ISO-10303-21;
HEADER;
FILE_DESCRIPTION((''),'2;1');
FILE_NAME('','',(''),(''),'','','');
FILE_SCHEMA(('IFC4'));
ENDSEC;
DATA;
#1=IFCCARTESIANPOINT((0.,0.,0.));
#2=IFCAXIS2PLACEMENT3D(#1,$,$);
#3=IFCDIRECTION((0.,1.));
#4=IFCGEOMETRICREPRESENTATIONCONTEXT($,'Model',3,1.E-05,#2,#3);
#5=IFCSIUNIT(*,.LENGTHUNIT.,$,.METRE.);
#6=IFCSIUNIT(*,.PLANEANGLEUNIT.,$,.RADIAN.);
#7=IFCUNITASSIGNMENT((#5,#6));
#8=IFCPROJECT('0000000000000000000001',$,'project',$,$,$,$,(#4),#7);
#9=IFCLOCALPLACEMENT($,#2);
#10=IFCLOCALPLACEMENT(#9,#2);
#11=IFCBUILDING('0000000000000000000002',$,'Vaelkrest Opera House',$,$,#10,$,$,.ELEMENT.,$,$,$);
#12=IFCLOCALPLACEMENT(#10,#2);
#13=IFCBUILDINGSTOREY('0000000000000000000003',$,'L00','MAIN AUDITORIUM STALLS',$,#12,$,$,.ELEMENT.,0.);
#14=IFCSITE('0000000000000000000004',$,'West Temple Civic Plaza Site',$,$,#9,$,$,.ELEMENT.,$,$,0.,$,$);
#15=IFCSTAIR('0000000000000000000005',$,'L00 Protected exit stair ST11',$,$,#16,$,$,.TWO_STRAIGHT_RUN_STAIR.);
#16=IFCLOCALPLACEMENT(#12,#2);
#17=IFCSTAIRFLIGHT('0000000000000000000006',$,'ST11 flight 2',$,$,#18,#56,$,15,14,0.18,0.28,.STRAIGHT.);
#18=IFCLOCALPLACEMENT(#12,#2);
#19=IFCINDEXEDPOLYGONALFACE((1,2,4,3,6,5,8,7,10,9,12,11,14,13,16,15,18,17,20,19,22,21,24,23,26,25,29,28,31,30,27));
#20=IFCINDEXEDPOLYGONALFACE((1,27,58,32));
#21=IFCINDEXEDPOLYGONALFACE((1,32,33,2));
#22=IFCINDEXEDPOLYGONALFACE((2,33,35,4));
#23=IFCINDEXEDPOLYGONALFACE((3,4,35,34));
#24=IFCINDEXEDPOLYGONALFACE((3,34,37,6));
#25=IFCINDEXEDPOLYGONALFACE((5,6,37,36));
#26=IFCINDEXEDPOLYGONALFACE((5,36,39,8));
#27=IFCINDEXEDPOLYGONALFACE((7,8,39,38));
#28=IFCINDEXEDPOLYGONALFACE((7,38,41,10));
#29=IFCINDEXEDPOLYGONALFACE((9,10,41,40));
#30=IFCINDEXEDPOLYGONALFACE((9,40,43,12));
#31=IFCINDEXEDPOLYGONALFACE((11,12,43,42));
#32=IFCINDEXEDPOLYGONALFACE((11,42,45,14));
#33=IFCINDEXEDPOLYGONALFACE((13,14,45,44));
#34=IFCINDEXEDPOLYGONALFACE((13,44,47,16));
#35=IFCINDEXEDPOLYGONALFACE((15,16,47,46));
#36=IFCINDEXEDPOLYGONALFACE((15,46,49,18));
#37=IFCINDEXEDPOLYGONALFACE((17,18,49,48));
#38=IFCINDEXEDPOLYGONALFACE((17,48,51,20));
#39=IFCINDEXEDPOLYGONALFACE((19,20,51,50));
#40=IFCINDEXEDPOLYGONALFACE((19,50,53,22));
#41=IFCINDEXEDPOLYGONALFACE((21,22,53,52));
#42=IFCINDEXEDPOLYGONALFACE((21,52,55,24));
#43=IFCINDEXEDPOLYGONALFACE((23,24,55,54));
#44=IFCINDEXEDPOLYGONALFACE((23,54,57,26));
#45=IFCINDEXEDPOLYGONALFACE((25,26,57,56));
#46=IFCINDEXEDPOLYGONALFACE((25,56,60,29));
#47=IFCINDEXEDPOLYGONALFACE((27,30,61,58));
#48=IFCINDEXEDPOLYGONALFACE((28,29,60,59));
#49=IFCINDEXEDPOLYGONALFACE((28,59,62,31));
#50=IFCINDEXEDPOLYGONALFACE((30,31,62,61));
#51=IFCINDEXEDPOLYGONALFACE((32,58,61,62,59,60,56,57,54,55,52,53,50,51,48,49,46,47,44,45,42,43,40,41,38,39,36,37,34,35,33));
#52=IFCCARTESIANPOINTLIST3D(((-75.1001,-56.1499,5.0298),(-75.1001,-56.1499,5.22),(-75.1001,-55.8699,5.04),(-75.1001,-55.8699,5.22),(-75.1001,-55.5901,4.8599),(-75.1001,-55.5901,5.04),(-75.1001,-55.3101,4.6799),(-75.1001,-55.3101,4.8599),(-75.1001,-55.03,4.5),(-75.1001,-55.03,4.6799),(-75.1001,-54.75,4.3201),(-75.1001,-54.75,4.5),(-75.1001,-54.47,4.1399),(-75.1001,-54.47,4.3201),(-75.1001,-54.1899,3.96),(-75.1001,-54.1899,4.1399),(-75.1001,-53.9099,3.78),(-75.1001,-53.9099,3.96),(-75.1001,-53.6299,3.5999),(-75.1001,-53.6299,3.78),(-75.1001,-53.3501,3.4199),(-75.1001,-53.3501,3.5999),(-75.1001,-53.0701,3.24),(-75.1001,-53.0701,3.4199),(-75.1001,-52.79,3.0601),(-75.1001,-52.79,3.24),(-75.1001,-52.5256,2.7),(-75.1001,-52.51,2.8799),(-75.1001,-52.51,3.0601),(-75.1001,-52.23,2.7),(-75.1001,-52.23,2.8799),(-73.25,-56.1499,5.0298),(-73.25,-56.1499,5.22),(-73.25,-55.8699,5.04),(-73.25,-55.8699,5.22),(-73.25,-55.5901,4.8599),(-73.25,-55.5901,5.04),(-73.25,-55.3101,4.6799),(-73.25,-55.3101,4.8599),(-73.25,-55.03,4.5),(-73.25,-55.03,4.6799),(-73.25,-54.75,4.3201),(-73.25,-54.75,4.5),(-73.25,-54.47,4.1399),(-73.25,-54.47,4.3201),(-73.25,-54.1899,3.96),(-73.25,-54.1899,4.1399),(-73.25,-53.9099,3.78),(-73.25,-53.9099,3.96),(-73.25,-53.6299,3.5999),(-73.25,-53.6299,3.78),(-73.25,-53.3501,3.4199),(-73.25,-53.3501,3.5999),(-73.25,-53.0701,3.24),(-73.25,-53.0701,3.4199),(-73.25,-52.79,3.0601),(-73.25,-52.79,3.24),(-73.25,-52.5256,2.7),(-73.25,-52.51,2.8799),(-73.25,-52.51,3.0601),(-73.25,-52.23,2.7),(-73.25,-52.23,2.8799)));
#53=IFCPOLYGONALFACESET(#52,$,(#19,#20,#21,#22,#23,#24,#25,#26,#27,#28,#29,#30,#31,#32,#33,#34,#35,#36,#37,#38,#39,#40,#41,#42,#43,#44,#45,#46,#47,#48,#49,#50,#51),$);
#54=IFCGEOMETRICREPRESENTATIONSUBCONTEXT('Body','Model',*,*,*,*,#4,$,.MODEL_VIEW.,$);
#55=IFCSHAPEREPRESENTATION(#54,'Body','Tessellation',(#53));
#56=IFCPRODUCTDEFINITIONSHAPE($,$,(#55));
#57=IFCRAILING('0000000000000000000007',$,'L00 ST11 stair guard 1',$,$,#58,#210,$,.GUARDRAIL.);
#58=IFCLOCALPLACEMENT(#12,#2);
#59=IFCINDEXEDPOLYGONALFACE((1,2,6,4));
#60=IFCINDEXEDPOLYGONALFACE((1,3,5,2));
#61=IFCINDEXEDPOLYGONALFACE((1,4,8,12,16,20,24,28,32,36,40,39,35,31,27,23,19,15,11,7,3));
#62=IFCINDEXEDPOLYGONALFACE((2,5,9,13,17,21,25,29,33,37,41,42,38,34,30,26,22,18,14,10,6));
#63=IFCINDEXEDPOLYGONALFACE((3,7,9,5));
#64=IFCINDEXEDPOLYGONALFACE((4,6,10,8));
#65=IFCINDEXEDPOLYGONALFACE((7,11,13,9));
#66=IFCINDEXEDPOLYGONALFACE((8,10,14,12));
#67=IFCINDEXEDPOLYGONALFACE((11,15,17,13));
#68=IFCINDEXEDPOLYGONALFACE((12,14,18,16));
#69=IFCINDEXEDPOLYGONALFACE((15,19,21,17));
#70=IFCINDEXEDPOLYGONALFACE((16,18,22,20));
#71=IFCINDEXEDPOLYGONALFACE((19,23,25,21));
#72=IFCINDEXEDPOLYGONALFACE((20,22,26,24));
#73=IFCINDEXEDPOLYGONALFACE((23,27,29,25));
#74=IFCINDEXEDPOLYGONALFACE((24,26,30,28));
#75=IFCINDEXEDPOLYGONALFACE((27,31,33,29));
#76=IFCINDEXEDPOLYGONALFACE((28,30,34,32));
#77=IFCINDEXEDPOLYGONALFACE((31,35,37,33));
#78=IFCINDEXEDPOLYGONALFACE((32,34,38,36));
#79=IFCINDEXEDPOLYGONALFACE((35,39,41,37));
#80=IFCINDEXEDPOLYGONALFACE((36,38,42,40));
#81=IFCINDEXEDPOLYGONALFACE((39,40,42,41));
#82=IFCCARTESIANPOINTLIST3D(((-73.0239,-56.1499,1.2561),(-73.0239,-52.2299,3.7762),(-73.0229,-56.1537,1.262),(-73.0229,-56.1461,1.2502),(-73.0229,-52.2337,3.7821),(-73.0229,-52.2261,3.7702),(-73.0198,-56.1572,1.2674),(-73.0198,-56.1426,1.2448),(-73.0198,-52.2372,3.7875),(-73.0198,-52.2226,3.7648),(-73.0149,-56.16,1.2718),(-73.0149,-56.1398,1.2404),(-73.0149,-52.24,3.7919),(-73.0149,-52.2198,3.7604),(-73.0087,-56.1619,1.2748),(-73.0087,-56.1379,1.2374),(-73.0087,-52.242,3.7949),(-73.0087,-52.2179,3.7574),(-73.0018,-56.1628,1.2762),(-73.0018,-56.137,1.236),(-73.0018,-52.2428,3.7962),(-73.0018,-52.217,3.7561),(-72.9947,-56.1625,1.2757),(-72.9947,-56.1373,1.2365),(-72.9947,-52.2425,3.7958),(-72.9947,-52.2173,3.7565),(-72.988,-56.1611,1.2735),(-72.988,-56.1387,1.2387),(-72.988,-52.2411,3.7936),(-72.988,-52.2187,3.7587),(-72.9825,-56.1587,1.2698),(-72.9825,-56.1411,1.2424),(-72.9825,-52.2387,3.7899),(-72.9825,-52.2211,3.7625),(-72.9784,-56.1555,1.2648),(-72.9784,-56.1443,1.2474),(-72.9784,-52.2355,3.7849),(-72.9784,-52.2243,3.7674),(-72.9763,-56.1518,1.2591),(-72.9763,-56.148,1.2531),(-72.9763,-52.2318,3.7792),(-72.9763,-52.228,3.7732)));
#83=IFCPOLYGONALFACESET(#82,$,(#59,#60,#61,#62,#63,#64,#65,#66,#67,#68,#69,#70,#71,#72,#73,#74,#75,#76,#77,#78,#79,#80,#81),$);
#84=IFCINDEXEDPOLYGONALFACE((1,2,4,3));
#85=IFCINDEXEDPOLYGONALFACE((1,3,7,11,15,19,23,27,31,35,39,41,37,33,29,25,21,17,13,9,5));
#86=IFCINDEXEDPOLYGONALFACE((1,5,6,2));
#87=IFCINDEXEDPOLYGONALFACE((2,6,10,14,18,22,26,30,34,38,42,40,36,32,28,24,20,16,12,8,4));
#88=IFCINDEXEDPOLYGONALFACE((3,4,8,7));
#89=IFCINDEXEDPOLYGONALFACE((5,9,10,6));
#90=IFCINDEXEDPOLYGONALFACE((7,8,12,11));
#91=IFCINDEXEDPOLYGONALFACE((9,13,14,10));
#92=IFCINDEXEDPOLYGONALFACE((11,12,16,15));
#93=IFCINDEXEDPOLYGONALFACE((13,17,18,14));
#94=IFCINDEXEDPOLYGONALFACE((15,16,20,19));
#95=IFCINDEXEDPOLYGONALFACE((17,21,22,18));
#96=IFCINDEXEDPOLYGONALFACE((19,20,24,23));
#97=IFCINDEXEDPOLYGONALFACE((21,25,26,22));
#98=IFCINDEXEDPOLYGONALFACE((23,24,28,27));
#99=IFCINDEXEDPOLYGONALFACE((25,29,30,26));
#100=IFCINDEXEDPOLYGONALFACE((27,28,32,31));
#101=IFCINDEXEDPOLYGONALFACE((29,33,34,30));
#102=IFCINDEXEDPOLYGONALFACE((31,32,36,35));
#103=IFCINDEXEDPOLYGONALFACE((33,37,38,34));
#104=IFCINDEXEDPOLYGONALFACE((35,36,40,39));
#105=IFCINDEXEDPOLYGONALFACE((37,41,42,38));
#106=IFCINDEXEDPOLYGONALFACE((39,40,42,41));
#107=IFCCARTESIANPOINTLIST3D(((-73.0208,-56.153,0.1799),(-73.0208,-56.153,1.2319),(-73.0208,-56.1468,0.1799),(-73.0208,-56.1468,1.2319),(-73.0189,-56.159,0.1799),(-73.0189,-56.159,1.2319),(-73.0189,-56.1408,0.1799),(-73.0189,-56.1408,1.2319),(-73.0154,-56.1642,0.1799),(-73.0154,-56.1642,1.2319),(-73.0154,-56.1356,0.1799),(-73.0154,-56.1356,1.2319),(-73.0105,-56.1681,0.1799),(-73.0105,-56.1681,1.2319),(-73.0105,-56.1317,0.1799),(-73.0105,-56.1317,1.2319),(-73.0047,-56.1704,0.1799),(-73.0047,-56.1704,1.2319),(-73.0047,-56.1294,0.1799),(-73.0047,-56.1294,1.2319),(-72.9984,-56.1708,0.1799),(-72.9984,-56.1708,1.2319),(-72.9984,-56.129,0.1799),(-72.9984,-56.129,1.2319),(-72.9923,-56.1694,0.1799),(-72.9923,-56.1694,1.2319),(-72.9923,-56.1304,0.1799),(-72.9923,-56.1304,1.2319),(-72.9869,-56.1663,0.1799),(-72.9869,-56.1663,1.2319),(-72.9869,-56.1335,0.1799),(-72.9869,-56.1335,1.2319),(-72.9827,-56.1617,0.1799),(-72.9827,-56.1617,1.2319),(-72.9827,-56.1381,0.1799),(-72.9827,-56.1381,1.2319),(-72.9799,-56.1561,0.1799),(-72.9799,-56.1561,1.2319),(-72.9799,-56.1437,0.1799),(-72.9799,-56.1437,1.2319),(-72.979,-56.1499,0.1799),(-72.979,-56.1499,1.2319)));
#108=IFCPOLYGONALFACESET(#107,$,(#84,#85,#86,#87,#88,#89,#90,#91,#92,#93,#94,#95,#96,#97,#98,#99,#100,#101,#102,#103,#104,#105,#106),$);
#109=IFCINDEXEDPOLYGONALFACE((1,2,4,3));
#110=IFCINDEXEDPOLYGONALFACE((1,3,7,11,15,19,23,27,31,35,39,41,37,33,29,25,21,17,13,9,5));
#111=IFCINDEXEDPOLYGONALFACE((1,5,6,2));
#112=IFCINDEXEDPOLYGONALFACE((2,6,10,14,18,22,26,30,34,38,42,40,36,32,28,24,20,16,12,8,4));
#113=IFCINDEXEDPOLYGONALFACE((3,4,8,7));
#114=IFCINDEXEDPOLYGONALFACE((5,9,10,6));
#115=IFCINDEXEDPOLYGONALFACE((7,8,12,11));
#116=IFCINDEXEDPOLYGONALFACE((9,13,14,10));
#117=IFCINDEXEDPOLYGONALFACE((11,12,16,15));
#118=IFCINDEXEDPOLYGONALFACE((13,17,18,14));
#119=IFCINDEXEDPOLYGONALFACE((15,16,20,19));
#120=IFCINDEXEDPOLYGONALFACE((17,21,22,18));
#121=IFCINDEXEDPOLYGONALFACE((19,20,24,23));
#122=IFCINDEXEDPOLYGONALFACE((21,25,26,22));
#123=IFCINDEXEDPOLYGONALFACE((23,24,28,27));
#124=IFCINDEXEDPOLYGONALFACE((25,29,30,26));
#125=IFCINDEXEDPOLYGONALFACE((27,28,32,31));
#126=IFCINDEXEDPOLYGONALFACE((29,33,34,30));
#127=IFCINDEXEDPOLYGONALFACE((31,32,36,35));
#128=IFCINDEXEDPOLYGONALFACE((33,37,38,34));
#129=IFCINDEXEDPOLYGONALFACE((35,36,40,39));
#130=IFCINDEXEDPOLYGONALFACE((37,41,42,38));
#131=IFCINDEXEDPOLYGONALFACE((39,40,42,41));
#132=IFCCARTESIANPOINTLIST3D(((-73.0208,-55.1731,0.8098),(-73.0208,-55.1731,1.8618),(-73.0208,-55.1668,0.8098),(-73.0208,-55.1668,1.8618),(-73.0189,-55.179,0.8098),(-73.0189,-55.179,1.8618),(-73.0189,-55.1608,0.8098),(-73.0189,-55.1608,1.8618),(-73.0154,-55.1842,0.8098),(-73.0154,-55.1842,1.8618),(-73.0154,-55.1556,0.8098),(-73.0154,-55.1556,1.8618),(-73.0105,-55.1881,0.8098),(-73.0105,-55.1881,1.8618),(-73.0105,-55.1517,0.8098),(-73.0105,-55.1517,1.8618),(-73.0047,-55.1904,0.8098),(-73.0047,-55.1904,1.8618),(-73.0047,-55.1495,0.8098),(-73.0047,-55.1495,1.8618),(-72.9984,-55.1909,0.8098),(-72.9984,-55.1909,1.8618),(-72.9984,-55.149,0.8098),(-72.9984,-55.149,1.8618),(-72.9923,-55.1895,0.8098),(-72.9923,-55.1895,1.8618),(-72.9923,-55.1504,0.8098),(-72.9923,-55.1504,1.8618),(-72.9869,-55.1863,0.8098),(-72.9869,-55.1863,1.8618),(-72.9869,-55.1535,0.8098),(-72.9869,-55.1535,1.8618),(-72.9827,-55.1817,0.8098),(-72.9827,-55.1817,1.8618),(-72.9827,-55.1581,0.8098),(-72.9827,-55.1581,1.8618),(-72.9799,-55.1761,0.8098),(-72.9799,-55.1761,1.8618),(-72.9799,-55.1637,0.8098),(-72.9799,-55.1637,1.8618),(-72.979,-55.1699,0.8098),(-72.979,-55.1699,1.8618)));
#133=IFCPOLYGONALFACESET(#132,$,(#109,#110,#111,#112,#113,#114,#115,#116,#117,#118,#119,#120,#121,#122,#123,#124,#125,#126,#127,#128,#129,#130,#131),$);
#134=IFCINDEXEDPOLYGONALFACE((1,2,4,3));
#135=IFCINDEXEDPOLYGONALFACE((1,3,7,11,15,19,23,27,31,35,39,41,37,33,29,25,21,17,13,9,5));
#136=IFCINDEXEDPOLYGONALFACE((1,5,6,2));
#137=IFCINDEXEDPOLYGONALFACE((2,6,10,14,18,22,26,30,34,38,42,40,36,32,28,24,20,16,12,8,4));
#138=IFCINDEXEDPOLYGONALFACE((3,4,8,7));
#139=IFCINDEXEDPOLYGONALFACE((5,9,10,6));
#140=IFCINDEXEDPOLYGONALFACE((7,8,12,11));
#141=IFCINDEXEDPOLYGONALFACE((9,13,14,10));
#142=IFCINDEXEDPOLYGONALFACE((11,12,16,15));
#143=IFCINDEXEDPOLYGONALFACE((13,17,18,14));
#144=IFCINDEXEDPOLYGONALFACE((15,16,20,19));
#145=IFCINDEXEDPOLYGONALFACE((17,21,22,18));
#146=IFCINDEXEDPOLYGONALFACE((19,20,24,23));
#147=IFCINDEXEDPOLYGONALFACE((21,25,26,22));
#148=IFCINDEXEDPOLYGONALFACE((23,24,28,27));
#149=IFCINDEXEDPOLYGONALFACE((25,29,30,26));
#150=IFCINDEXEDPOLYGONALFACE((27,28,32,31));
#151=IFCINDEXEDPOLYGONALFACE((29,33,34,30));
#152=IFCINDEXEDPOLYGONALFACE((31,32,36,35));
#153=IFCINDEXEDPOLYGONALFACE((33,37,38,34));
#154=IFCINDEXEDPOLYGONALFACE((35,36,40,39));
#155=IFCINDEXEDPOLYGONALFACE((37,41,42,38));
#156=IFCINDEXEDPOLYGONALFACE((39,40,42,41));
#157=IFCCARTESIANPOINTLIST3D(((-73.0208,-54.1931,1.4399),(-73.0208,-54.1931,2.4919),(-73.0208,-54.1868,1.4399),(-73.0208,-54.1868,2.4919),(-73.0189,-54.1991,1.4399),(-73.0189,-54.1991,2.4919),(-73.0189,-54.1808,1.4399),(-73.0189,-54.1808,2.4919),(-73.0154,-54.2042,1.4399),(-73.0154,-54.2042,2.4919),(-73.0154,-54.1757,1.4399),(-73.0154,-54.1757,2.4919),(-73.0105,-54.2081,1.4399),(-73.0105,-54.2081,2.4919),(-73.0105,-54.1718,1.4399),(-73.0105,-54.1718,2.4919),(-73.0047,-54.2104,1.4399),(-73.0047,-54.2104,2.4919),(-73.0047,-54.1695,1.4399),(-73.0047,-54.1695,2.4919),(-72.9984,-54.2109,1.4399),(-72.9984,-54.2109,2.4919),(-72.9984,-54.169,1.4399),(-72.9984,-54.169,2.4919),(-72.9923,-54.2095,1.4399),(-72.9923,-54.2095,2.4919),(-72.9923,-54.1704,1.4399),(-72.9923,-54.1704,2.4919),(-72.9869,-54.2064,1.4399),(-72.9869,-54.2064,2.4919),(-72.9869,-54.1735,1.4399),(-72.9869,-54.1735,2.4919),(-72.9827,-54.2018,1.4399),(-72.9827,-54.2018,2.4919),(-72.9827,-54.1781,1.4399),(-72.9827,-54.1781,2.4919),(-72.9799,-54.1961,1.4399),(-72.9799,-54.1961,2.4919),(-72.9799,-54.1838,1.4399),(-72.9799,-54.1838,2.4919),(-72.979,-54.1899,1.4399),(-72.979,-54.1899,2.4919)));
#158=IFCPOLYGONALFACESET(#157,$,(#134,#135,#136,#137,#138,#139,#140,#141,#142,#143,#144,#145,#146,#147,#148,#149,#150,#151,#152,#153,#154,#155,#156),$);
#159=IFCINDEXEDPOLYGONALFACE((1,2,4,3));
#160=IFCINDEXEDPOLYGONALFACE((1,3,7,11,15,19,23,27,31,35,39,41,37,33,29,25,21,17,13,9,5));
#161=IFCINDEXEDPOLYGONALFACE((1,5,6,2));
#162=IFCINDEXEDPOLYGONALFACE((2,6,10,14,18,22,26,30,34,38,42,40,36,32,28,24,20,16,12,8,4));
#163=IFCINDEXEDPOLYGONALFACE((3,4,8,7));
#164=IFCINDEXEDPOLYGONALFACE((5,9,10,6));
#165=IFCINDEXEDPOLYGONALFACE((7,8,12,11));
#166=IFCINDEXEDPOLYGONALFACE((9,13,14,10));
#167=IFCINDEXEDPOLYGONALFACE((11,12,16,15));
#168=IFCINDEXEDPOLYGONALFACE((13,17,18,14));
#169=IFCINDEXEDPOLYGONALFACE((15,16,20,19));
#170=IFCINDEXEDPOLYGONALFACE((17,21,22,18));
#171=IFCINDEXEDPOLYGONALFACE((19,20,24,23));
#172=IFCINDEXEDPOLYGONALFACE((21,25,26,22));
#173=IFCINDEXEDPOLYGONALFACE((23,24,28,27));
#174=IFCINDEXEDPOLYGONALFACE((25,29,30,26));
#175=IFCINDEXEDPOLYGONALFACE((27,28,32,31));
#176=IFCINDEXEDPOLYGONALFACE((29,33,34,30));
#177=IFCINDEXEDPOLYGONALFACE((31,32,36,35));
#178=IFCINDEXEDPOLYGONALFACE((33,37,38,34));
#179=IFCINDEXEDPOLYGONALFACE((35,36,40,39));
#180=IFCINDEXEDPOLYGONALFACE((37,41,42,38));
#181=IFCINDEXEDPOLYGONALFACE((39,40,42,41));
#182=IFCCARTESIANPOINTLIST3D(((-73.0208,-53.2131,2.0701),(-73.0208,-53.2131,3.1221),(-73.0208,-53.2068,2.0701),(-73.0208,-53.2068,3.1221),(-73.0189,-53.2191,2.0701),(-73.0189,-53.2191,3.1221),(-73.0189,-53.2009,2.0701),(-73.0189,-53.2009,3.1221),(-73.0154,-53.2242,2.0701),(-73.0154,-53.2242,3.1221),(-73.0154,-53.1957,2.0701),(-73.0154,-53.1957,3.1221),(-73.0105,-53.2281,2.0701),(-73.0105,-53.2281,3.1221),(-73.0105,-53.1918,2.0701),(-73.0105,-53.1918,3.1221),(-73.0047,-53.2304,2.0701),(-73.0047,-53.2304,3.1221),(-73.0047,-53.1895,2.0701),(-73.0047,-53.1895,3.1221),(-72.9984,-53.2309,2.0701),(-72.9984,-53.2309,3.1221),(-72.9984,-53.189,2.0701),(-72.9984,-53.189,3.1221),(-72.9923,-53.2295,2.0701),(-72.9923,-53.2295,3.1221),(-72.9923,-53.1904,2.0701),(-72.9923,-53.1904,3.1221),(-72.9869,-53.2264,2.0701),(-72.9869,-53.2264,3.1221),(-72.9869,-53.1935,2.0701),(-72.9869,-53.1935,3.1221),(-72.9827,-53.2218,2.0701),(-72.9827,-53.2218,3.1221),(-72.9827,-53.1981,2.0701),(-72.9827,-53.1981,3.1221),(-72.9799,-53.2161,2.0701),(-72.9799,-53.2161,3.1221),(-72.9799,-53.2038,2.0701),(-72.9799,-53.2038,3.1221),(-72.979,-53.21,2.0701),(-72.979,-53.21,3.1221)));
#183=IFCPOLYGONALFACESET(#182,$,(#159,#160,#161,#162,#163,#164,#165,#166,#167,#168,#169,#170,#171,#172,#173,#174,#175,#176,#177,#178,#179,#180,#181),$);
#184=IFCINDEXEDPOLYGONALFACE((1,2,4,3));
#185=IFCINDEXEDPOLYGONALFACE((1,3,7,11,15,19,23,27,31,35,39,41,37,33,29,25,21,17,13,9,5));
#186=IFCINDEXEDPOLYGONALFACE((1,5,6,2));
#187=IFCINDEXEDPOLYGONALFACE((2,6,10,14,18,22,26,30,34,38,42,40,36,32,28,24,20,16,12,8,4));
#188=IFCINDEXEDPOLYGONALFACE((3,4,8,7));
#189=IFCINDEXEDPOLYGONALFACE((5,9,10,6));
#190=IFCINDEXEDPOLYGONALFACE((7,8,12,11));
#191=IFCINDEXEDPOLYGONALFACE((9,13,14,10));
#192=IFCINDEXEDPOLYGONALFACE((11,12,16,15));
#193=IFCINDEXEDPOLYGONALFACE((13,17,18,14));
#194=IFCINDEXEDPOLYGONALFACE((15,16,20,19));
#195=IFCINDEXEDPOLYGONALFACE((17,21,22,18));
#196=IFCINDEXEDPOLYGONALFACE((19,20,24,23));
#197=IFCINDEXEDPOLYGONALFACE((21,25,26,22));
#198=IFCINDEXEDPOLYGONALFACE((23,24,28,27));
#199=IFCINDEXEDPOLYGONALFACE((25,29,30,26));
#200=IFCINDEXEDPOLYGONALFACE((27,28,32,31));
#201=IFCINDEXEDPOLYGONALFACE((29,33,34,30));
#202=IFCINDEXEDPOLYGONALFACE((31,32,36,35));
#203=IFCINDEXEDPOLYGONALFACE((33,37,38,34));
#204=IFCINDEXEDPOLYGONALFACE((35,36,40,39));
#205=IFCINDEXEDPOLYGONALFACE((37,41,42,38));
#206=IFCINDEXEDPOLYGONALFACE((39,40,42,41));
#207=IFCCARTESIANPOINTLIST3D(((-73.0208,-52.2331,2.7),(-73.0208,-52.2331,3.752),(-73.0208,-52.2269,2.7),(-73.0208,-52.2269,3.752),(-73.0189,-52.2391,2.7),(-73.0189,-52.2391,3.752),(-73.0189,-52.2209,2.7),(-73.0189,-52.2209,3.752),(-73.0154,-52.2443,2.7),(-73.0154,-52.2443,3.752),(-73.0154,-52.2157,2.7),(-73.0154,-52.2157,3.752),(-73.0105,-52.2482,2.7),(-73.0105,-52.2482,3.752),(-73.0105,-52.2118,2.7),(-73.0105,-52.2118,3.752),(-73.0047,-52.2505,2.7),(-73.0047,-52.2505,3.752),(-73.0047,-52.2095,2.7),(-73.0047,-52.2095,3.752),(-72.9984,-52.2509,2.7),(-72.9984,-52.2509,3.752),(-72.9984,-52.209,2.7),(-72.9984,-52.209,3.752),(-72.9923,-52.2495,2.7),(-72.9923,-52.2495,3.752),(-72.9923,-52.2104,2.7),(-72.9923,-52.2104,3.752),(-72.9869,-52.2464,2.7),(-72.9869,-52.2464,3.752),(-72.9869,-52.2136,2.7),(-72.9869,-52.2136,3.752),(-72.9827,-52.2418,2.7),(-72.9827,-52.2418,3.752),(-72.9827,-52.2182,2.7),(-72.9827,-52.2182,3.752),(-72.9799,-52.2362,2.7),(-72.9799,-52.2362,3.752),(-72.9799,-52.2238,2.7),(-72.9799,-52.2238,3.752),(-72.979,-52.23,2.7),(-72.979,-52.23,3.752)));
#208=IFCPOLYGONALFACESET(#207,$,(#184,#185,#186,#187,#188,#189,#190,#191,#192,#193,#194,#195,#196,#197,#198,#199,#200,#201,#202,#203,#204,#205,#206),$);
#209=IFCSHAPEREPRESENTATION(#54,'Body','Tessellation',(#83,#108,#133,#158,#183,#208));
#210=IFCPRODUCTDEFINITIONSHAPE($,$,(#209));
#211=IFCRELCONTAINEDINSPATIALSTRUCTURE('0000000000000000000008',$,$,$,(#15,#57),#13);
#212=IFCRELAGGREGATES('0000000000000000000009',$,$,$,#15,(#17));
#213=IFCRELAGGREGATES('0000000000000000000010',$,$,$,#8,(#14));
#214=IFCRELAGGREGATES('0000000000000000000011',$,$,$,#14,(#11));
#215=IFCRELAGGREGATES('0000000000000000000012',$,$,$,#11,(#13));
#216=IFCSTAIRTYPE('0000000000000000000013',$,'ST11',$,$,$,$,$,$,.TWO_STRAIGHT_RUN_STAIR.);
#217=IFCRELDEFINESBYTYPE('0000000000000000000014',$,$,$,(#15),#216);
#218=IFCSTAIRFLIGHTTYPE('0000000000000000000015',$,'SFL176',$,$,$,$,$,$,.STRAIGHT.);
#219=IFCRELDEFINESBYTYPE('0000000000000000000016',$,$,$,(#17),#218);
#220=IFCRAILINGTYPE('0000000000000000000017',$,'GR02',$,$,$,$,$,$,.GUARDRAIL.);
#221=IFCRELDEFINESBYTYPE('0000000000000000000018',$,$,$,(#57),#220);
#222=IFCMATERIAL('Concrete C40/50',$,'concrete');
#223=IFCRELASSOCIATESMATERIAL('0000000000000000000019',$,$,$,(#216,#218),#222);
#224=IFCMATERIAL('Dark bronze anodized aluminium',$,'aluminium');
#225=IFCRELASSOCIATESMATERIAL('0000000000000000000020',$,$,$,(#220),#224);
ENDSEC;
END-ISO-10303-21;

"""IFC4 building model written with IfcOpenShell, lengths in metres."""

from ifc_helpers import new_model, si_unit, direction, frame, origin, origin_2d, place, context, subcontext, project, spatial, polyline, circle, outline, extrude, material, type_object, element, aggregate, save


model = new_model("IFC4")

# Units and contexts
model_context = context("Model", 3, precision=1e-05, world=origin(), true_north=direction((0.0, 1.0)))
body_context = subcontext(model_context, "Body", "Model", "MODEL_VIEW")
ifc_project = project(units=[si_unit("LENGTHUNIT", "METRE"), si_unit("PLANEANGLEUNIT", "RADIAN")], contexts=[model_context])

# Site, building, storey
site_placement = place(None, origin())
site = spatial("IfcSite", under=ifc_project, at=site_placement, Name="West Temple Civic Plaza Site", CompositionType="ELEMENT", RefElevation=0.0)
building_placement = place(site_placement, origin())
building = spatial("IfcBuilding", under=site, at=building_placement, Name="Vaelkrest Opera House", CompositionType="ELEMENT")
storey_placement = place(building_placement, origin())
storey = spatial("IfcBuildingStorey", under=building, at=storey_placement, Name="L00", Description="MAIN AUDITORIUM STALLS", CompositionType="ELEMENT", Elevation=0.0)

# Shared definitions
ifc_material_1 = material(Name="Dark bronze anodized aluminium", Category="aluminium")

# Stair, stair flight
ifc_material_2 = material(Name="Concrete C40/50", Category="concrete")
stair_type = type_object("IfcStairType", Name="ST11", PredefinedType="TWO_STRAIGHT_RUN_STAIR", material=ifc_material_2)
stair_placement = place(storey_placement, origin())
stair = element("IfcStair", 1, at=stair_placement, inside=storey, type_object=stair_type, Name="L00 Protected exit stair ST11", PredefinedType="TWO_STRAIGHT_RUN_STAIR")
stair_flight_type = type_object("IfcStairFlightType", Name="SFL176", PredefinedType="STRAIGHT", material=ifc_material_2)
stair_flight_1_placement = place(storey_placement, frame((-74.175, -52.23, 2.7), z_axis=(0.0, 0.0, 1.0), x_axis=(0.0, -1.0, 0.0)))
stair_flight_1 = element("IfcStairFlight", 2, at=stair_flight_1_placement, type_object=stair_flight_type, Name="ST11 flight 2", NumberOfRisers=15, NumberOfTreads=14, PredefinedType="STRAIGHT", RiserHeight=0.18, TreadLength=0.28, context=body_context, shape_type="SweptSolid", body=[
    extrude(outline(polyline([(0.0, 0.0), (0.0, 0.1799), (0.28, 0.1799), (0.28, 0.3601), (0.5601, 0.3601), (0.5601, 0.54), (0.8401, 0.54), (0.8401, 0.72), (1.1201, 0.72), (1.1201, 0.8999), (1.3999, 0.8999), (1.3999, 1.0801), (1.6799, 1.0801), (1.6799, 1.26), (1.96, 1.26), (1.96, 1.4399), (2.24, 1.4399), (2.24, 1.6201), (2.52, 1.6201), (2.52, 1.8), (2.8, 1.8), (2.8, 1.98), (3.0801, 1.98), (3.0801, 2.1599), (3.3601, 2.1599), (3.3601, 2.3401), (3.6399, 2.3401), (3.6399, 2.52), (3.9199, 2.52), (3.9199, 2.7), (3.9199, 2.3298), (0.2957, 0.0), (0.0, 0.0)])), frame((0.0, 0.925, 0.0), z_axis=(0.0, -1.0, 0.0), x_axis=(1.0, 0.0, 0.0)), (0.0, 0.0, 1.0), 1.8501),
])
aggregate(stair, [stair_flight_1])

# Railing
railing_type_1 = type_object("IfcRailingType", Name="GR02", PredefinedType="GUARDRAIL", material=ifc_material_1)
railing_1_placement = place(storey_placement, frame((-73.0, -56.1499, 0.1799)))
element("IfcRailing", 3, at=railing_1_placement, inside=storey, type_object=railing_type_1, Name="L00 ST11 stair guard 1", PredefinedType="GUARDRAIL", context=body_context, shape_type="SweptSolid", body=[
    extrude(circle(Radius=0.0239, at=origin_2d()), frame((0.0, 0.0, 1.0762), z_axis=(0.0, 0.841172, 0.540768), x_axis=(-1.0, 0.0, 0.0)), (0.0, 0.0, 1.0), 4.6602),
    extrude(circle(Radius=0.021, at=origin_2d()), origin(), (0.0, 0.0, 1.0), 1.052),
    extrude(circle(Radius=0.021, at=origin_2d()), frame((0.0, 0.98, 0.6299)), (0.0, 0.0, 1.0), 1.052),
    extrude(circle(Radius=0.021, at=origin_2d()), frame((0.0, 1.96, 1.26)), (0.0, 0.0, 1.0), 1.052),
    extrude(circle(Radius=0.021, at=origin_2d()), frame((0.0, 2.9399, 1.8901)), (0.0, 0.0, 1.0), 1.052),
    extrude(circle(Radius=0.021, at=origin_2d()), frame((0.0, 3.9199, 2.52)), (0.0, 0.0, 1.0), 1.052),
])

save(model, "model.ifc")
